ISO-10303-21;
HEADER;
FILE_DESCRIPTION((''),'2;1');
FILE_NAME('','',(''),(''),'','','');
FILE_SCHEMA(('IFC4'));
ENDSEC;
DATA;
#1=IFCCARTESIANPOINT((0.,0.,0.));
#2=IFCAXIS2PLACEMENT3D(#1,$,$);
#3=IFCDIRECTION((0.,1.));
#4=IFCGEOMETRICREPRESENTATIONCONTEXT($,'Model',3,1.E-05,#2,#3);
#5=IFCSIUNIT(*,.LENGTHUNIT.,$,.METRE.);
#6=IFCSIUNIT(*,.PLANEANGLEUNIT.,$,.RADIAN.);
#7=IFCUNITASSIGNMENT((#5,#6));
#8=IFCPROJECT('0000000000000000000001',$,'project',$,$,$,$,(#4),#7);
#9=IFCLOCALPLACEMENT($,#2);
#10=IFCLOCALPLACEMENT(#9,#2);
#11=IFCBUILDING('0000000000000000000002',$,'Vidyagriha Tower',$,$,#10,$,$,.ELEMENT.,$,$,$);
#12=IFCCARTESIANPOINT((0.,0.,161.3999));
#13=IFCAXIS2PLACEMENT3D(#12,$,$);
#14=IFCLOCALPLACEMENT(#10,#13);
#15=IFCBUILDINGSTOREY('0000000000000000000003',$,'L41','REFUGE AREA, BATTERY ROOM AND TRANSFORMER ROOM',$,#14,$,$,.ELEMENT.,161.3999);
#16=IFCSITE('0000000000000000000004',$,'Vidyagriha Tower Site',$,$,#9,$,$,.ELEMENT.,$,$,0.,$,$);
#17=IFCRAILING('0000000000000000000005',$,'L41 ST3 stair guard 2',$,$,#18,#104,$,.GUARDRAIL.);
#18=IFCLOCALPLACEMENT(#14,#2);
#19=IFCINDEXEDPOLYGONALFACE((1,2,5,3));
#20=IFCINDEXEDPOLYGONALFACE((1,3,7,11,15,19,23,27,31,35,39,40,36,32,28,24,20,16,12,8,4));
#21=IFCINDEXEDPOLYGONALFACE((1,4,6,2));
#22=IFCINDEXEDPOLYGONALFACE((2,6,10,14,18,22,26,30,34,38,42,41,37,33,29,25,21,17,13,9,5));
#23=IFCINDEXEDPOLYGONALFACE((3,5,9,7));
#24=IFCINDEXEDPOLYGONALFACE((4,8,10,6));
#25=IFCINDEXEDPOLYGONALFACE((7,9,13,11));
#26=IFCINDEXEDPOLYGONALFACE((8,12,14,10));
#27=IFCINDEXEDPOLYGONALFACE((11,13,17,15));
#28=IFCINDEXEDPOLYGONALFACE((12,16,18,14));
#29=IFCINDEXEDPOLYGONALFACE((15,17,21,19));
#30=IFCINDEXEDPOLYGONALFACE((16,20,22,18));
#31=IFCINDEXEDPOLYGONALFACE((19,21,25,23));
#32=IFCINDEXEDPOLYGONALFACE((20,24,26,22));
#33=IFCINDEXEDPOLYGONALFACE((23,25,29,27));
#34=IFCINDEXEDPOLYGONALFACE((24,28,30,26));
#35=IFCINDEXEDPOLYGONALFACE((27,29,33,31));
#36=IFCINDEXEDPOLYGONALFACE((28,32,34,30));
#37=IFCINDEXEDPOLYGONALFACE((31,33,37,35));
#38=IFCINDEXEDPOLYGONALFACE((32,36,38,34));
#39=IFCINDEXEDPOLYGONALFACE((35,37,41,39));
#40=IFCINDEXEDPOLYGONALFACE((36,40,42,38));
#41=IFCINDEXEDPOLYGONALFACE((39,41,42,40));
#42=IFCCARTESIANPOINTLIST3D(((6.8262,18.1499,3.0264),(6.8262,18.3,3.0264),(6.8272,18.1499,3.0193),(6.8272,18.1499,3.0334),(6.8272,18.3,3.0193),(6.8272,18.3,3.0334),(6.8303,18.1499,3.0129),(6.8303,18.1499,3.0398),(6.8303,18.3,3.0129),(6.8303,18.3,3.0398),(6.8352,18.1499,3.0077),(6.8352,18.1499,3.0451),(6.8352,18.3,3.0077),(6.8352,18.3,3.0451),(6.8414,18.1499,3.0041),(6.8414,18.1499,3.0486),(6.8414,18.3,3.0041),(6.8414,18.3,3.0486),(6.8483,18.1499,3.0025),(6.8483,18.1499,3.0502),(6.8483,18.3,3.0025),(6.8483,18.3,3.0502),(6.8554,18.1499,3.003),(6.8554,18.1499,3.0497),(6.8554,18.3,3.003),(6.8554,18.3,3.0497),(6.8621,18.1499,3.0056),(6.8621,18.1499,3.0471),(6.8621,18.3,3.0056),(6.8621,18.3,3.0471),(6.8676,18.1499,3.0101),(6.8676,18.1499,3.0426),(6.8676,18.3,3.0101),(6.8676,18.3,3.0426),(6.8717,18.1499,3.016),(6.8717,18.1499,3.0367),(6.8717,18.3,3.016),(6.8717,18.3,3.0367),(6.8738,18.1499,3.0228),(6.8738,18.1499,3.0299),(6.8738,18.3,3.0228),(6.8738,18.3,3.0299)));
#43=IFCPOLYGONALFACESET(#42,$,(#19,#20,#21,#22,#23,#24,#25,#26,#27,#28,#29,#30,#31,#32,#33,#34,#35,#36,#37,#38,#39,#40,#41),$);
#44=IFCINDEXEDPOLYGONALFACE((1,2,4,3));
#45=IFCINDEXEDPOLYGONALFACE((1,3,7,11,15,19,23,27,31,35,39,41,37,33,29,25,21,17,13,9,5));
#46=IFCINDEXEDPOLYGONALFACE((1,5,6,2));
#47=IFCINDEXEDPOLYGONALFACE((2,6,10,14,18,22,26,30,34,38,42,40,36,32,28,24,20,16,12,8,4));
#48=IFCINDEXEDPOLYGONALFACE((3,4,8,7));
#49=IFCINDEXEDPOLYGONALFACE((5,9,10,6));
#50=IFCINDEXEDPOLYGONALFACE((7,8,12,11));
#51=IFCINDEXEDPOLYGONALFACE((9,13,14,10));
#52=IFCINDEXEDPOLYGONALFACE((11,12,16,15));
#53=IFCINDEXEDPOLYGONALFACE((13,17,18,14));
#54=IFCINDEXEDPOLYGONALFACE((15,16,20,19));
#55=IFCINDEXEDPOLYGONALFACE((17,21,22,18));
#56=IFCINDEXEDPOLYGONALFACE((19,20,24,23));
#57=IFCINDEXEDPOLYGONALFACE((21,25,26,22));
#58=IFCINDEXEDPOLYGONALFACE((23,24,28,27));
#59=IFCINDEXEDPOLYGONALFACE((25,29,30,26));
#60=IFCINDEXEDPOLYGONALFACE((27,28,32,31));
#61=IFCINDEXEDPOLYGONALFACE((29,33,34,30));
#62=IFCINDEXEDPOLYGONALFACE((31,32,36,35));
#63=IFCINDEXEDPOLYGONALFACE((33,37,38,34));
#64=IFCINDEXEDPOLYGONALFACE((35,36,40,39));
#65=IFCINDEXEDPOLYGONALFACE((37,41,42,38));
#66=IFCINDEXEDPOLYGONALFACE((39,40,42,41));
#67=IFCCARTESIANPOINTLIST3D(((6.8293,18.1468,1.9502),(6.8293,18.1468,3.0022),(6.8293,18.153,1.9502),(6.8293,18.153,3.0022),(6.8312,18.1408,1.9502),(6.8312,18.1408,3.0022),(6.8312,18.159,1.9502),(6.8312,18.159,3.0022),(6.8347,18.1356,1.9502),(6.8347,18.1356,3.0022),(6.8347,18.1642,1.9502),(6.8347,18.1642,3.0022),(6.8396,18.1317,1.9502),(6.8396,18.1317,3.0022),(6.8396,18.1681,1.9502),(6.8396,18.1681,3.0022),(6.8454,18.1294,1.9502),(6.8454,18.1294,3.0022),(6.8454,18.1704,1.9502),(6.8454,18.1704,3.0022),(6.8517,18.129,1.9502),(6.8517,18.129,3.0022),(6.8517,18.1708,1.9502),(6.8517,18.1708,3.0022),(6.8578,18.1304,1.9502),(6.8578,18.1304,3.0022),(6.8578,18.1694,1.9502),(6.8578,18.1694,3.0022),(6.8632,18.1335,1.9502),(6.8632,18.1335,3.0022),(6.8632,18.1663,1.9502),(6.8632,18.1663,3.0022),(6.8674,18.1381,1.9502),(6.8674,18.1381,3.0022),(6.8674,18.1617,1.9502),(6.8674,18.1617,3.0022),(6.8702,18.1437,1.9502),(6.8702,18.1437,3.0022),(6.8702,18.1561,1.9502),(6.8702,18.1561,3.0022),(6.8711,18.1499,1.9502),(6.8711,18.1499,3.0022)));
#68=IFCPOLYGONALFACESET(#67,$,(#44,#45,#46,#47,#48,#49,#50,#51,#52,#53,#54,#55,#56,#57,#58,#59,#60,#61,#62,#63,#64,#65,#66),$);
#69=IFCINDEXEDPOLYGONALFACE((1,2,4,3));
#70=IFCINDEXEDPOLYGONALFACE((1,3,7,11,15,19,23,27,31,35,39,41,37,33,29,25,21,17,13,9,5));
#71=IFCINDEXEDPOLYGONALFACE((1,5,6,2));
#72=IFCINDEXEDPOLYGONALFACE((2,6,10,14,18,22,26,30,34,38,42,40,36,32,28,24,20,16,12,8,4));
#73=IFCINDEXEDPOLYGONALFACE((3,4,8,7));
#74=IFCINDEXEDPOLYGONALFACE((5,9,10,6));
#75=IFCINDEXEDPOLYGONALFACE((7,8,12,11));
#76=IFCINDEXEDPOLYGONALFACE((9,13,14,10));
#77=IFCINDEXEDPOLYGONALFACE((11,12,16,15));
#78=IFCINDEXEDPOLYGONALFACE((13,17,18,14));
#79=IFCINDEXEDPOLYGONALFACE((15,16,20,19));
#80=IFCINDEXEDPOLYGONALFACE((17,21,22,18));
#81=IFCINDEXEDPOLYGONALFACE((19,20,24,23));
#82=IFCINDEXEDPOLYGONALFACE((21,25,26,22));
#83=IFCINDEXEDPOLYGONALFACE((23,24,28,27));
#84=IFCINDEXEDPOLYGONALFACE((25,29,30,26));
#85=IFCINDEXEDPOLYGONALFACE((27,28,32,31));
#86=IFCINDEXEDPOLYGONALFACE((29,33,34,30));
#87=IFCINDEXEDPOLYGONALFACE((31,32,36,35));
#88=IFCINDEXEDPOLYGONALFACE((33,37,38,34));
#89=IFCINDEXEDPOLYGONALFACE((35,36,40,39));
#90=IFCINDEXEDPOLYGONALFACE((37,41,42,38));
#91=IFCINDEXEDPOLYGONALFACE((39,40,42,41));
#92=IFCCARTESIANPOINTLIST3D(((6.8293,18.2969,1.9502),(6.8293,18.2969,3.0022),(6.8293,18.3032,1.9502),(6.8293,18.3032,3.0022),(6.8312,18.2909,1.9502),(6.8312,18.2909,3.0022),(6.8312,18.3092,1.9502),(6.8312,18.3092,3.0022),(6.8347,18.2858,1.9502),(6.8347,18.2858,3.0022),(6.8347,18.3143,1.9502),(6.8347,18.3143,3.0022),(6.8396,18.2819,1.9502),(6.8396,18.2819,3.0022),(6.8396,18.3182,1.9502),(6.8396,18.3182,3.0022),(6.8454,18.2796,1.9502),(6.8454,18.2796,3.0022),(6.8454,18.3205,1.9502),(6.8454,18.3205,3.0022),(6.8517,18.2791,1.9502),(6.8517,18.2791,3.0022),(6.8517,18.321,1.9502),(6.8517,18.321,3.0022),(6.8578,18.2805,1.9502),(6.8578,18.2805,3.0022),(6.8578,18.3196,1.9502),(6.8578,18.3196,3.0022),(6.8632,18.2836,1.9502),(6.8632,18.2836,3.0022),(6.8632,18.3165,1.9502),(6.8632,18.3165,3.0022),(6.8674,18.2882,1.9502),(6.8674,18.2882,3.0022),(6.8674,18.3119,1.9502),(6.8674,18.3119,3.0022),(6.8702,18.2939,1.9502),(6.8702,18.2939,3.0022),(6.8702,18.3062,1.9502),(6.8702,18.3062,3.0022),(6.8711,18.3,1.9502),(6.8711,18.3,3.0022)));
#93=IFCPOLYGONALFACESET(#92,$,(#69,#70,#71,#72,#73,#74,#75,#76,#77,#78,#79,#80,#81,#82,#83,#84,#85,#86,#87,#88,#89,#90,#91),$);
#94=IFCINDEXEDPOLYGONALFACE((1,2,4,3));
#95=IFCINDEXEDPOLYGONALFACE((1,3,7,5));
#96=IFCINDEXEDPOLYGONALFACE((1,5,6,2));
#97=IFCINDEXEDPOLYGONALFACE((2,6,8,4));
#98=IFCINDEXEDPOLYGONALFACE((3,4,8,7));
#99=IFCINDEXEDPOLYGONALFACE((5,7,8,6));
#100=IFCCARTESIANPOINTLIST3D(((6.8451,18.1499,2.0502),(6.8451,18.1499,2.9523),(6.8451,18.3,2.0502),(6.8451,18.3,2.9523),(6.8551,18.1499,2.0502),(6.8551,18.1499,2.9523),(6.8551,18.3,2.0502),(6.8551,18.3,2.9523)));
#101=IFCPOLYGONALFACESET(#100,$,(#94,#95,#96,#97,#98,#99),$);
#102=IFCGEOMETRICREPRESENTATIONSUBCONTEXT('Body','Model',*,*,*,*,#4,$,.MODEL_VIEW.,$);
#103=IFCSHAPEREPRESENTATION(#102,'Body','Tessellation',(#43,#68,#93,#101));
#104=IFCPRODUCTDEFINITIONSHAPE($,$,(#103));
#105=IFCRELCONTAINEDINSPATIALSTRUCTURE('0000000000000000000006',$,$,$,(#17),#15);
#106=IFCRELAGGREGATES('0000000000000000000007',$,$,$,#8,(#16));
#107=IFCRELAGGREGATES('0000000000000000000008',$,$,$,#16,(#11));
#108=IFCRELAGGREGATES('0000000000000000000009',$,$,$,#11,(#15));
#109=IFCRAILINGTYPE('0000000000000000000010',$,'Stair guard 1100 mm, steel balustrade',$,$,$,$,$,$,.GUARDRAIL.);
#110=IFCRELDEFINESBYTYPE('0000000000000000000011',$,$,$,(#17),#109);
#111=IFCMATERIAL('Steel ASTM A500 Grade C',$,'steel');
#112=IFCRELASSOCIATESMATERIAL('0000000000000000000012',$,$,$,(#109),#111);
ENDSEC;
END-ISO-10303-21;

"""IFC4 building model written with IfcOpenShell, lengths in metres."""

from ifc_helpers import new_model, si_unit, direction, frame, origin, origin_2d, place, context, subcontext, project, spatial, rectangle, circle, extrude, material, type_object, element, save


model = new_model("IFC4")

# Units and contexts
model_context = context("Model", 3, precision=1e-05, world=origin(), true_north=direction((0.0, 1.0)))
body_context = subcontext(model_context, "Body", "Model", "MODEL_VIEW")
ifc_project = project(units=[si_unit("LENGTHUNIT", "METRE"), si_unit("PLANEANGLEUNIT", "RADIAN")], contexts=[model_context])

# Site, building, storey
site_placement = place(None, origin())
site = spatial("IfcSite", under=ifc_project, at=site_placement, Name="Vidyagriha Tower Site", CompositionType="ELEMENT", RefElevation=0.0)
building_placement = place(site_placement, origin())
building = spatial("IfcBuilding", under=site, at=building_placement, Name="Vidyagriha Tower", CompositionType="ELEMENT")
storey_placement = place(building_placement, frame((0.0, 0.0, 161.3999)))
storey = spatial("IfcBuildingStorey", under=building, at=storey_placement, Name="L41", Description="REFUGE AREA, BATTERY ROOM AND TRANSFORMER ROOM", CompositionType="ELEMENT", Elevation=161.3999)

# Railing
ifc_material_1 = material(Name="Steel ASTM A500 Grade C", Category="steel")
railing_type_1 = type_object("IfcRailingType", Name="Stair guard 1100 mm, steel balustrade", PredefinedType="GUARDRAIL", material=ifc_material_1)
railing_1_placement = place(storey_placement, frame((6.8501, 18.1499, 1.9502)))
element("IfcRailing", 1, at=railing_1_placement, inside=storey, type_object=railing_type_1, Name="L41 ST3 stair guard 2", PredefinedType="GUARDRAIL", context=body_context, shape_type="SweptSolid", body=[
    extrude(circle(Radius=0.0239, at=origin_2d()), frame((0.0, 0.0, 1.0762), z_axis=(0.0, 1.0, 0.0), x_axis=(-1.0, 0.0, 0.0)), (0.0, 0.0, 1.0), 0.1501),
    extrude(circle(Radius=0.021, at=origin_2d()), origin(), (0.0, 0.0, 1.0), 1.052),
    extrude(circle(Radius=0.021, at=origin_2d()), frame((0.0, 0.1501, 0.0)), (0.0, 0.0, 1.0), 1.052),
    extrude(rectangle(XDim=0.01, YDim=0.9021, at=origin_2d()), frame((0.0, 0.0, 0.551), z_axis=(0.0, 1.0, 0.0), x_axis=(-1.0, 0.0, 0.0)), (0.0, 0.0, 1.0), 0.1501),
])

save(model, "model.ifc")
